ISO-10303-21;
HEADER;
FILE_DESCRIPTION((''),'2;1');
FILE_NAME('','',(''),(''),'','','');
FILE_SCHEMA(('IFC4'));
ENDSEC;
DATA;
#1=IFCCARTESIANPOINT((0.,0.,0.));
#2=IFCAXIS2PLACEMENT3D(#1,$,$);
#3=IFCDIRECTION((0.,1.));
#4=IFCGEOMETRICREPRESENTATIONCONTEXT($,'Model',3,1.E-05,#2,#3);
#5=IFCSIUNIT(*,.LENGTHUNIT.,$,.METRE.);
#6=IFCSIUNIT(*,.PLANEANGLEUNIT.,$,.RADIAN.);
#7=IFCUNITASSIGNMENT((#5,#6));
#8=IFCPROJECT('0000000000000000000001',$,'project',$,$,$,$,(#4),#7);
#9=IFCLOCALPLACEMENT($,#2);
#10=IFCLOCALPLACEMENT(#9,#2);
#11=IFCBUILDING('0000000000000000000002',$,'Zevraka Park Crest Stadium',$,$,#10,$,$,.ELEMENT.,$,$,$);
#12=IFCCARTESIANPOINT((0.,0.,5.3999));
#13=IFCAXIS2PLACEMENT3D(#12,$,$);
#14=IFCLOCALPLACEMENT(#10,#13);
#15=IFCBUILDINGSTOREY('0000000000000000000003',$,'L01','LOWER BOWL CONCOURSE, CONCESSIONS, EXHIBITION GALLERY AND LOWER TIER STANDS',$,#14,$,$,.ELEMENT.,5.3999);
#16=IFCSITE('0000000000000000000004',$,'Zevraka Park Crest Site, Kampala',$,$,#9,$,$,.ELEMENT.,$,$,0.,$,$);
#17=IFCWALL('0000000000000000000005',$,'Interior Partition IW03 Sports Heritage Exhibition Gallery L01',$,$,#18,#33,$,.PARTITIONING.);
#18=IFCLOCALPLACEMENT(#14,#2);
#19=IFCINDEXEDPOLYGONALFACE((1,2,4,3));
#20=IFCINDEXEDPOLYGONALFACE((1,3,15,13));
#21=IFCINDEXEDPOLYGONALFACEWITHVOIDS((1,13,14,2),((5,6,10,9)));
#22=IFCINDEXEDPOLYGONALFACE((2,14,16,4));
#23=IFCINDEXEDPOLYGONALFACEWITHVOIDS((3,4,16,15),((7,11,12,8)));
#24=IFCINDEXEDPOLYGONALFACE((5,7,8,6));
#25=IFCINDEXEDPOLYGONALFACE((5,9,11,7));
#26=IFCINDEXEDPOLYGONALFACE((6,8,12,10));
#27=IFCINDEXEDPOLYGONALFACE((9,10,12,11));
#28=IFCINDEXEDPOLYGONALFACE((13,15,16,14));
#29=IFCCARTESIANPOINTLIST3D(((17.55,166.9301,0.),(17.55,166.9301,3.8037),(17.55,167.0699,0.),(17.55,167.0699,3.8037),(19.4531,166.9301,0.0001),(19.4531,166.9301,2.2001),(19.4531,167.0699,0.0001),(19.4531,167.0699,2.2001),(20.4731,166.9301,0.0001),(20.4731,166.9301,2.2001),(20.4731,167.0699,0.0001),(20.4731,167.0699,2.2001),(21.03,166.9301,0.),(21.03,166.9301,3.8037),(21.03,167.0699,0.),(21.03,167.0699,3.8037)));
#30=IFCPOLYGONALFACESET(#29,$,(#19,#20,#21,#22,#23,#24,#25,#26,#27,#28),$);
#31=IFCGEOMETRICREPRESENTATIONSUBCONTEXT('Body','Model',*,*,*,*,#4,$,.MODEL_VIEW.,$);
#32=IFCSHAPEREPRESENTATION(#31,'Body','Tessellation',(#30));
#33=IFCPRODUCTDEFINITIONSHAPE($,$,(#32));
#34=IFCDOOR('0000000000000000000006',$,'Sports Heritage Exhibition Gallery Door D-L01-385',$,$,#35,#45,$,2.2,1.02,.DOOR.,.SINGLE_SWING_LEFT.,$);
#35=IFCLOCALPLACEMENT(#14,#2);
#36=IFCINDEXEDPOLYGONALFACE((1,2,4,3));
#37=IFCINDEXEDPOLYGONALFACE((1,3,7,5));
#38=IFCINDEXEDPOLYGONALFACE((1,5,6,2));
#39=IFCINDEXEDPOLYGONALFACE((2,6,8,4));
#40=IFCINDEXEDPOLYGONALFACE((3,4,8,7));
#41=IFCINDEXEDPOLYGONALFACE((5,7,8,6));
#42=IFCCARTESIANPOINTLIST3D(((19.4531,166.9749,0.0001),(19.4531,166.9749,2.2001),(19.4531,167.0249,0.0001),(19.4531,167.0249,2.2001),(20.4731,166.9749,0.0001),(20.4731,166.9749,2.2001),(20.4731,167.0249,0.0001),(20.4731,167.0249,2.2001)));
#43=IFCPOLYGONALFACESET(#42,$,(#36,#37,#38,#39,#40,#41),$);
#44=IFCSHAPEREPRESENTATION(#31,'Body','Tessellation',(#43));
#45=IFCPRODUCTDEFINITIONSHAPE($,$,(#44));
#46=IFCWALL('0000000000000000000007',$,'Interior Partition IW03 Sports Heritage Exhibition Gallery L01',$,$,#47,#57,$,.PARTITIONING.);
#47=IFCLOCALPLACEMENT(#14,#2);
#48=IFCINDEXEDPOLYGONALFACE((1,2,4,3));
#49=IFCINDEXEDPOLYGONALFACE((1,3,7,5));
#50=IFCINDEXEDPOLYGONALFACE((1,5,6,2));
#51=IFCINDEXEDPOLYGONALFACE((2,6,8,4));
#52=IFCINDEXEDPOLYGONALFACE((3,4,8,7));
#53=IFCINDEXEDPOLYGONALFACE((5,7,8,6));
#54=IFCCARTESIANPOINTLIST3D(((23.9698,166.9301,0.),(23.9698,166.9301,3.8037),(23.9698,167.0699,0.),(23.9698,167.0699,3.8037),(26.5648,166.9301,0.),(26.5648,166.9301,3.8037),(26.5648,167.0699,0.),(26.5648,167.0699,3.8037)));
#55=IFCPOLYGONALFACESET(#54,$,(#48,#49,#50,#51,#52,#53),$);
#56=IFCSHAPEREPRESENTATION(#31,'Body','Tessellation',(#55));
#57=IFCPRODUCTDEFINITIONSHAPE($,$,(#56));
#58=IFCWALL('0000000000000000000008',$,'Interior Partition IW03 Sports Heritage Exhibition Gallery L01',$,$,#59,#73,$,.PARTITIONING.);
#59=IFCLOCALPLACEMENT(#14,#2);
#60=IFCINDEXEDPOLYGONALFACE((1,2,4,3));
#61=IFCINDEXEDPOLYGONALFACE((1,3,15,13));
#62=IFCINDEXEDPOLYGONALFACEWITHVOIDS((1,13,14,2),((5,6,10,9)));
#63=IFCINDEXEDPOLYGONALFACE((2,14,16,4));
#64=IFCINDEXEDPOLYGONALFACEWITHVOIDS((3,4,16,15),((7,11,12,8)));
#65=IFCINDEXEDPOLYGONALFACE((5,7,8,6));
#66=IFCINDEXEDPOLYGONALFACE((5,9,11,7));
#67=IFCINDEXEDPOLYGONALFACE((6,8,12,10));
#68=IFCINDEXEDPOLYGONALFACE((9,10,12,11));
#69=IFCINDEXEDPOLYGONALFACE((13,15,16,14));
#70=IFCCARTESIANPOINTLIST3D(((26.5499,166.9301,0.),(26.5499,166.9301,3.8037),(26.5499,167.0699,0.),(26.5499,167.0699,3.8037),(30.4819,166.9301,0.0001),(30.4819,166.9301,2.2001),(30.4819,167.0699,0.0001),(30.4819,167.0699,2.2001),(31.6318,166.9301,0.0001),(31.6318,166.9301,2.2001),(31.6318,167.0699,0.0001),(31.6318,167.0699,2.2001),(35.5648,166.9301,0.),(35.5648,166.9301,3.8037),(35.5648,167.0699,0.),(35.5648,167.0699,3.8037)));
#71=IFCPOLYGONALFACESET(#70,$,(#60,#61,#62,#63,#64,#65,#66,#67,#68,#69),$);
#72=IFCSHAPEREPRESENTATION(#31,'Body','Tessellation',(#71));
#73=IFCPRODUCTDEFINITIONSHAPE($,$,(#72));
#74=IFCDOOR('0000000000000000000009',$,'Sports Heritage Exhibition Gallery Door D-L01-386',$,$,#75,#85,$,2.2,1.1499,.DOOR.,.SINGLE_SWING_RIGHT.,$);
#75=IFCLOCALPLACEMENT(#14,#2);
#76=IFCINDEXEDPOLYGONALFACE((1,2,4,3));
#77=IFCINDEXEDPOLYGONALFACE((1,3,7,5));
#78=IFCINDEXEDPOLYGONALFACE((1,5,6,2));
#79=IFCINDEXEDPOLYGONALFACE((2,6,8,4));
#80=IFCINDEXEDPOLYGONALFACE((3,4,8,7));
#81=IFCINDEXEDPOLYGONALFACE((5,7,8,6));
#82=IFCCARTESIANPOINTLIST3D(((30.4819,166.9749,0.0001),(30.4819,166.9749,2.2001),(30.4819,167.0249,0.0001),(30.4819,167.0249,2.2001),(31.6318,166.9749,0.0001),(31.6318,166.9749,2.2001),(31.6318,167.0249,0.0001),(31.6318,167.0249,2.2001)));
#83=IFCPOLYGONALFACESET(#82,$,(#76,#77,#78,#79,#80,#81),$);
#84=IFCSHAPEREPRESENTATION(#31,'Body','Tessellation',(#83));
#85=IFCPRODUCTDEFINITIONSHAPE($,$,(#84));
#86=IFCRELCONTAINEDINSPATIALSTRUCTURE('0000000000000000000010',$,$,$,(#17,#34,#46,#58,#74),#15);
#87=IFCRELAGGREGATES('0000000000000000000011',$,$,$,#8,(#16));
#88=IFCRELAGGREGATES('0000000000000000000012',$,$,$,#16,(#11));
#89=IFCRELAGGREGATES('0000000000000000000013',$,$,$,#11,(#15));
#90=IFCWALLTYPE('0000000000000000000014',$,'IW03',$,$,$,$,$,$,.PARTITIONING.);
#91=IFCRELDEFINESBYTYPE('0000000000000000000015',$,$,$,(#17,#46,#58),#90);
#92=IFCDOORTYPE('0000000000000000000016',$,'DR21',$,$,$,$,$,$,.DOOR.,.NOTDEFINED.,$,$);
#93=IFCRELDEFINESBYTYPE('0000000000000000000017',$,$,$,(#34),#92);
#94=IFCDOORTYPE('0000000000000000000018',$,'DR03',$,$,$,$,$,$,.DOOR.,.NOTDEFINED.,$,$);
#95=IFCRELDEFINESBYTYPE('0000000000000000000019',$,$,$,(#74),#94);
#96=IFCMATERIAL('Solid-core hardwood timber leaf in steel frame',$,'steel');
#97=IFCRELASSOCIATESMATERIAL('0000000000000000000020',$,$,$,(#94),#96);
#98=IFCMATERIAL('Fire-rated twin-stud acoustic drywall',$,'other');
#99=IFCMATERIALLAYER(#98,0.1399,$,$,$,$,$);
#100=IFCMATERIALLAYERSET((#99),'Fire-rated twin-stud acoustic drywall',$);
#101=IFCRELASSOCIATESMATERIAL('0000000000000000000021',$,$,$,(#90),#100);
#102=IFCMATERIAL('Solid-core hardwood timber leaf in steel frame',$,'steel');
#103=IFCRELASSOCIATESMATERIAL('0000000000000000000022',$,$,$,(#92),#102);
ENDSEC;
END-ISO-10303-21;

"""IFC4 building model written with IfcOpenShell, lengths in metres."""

from ifc_helpers import new_model, si_unit, direction, frame, frame_2d, origin, place, context, subcontext, project, spatial, rectangle, extrude, material, layer, layer_set, type_object, element, fill, save


model = new_model("IFC4")

# Units and contexts
model_context = context("Model", 3, precision=1e-05, world=origin(), true_north=direction((0.0, 1.0)))
body_context = subcontext(model_context, "Body", "Model", "MODEL_VIEW")
ifc_project = project(units=[si_unit("LENGTHUNIT", "METRE"), si_unit("PLANEANGLEUNIT", "RADIAN")], contexts=[model_context])

# Site, building, storey
site_placement = place(None, origin())
site = spatial("IfcSite", under=ifc_project, at=site_placement, Name="Zevraka Park Crest Site, Kampala", CompositionType="ELEMENT", RefElevation=0.0)
building_placement = place(site_placement, origin())
building = spatial("IfcBuilding", under=site, at=building_placement, Name="Zevraka Park Crest Stadium", CompositionType="ELEMENT")
storey_placement = place(building_placement, frame((0.0, 0.0, 5.3999)))
storey = spatial("IfcBuildingStorey", under=building, at=storey_placement, Name="L01", Description="LOWER BOWL CONCOURSE, CONCESSIONS, EXHIBITION GALLERY AND LOWER TIER STANDS", CompositionType="ELEMENT", Elevation=5.3999)

# Wall, opening, door
ifc_material_1 = material(Name="Solid-core hardwood timber leaf in steel frame", Category="steel")
door_type_1 = type_object("IfcDoorType", Name="DR03", OperationType="NOTDEFINED", PredefinedType="DOOR", material=ifc_material_1)
ifc_material_2 = material(Name="Fire-rated twin-stud acoustic drywall", Category="other")
ifc_layer_1 = layer(ifc_material_2, 0.1399)
ifc_layer_set_1 = layer_set([ifc_layer_1], Name="Fire-rated twin-stud acoustic drywall")
wall_type_1 = type_object("IfcWallType", Name="IW03", PredefinedType="PARTITIONING", material=ifc_layer_set_1)
wall_1_placement = place(storey_placement, frame((17.55, 167.0, 0.0), z_axis=(0.0, 0.0, 1.0), x_axis=(1.0, 0.0, 0.0)))
wall_1 = element("IfcWall", 1, at=wall_1_placement, inside=storey, type_object=wall_type_1, Name="Interior Partition IW03 Sports Heritage Exhibition Gallery L01", PredefinedType="PARTITIONING", context=body_context, shape_type="SweptSolid", body=[
    extrude(rectangle(XDim=3.48, YDim=0.1399, at=frame_2d((1.74, 0.0))), origin(), (0.0, 0.0, 1.0), 3.8037),
])
opening_1_placement = place(wall_1_placement, frame((1.9031, 0.0, 0.0)))
opening_1 = element("IfcOpeningElement", 2, at=opening_1_placement, cuts=wall_1, PredefinedType="OPENING", context=body_context, shape_type="SweptSolid", body=[
    extrude(rectangle(XDim=1.02, YDim=2.2, at=frame_2d((0.51, 1.1001))), frame((0.0, 0.0798, 0.0), z_axis=(0.0, -1.0, 0.0), x_axis=(1.0, 0.0, 0.0)), (0.0, 0.0, 1.0), 0.1599),
])
ifc_material_3 = material(Name="Solid-core hardwood timber leaf in steel frame", Category="steel")
door_type_2 = type_object("IfcDoorType", Name="DR21", OperationType="NOTDEFINED", PredefinedType="DOOR", material=ifc_material_3)
door_1_placement = place(opening_1_placement, origin())
door_1 = element("IfcDoor", 3, at=door_1_placement, inside=storey, type_object=door_type_2, Name="Sports Heritage Exhibition Gallery Door D-L01-385", OperationType="SINGLE_SWING_LEFT", OverallHeight=2.2, OverallWidth=1.02, PredefinedType="DOOR", context=body_context, shape_type="SweptSolid", body=[
    extrude(rectangle(XDim=1.02, YDim=2.2, at=frame_2d((0.51, 1.1001))), frame((0.0, 0.0249, 0.0), z_axis=(0.0, -1.0, 0.0), x_axis=(1.0, 0.0, 0.0)), (0.0, 0.0, 1.0), 0.05),
])
fill(opening_1, door_1)

# Wall
wall_2_placement = place(storey_placement, frame((23.97, 167.0, 0.0), z_axis=(0.0, 0.0, 1.0), x_axis=(1.0, 0.0, 0.0)))
element("IfcWall", 4, at=wall_2_placement, inside=storey, type_object=wall_type_1, Name="Interior Partition IW03 Sports Heritage Exhibition Gallery L01", PredefinedType="PARTITIONING", context=body_context, shape_type="SweptSolid", body=[
    extrude(rectangle(XDim=2.595, YDim=0.1399, at=frame_2d((1.2974, 0.0))), origin(), (0.0, 0.0, 1.0), 3.8037),
])

# Wall, opening, door
wall_3_placement = place(storey_placement, frame((26.55, 167.0, 0.0), z_axis=(0.0, 0.0, 1.0), x_axis=(1.0, 0.0, 0.0)))
wall_3 = element("IfcWall", 5, at=wall_3_placement, inside=storey, type_object=wall_type_1, Name="Interior Partition IW03 Sports Heritage Exhibition Gallery L01", PredefinedType="PARTITIONING", context=body_context, shape_type="SweptSolid", body=[
    extrude(rectangle(XDim=9.0149, YDim=0.1399, at=frame_2d((4.5073, 0.0))), origin(), (0.0, 0.0, 1.0), 3.8037),
])
opening_2_placement = place(wall_3_placement, frame((3.9319, 0.0, 0.0)))
opening_2 = element("IfcOpeningElement", 6, at=opening_2_placement, cuts=wall_3, PredefinedType="OPENING", context=body_context, shape_type="SweptSolid", body=[
    extrude(rectangle(XDim=1.1499, YDim=2.2, at=frame_2d((0.575, 1.1001))), frame((0.0, 0.0798, 0.0), z_axis=(0.0, -1.0, 0.0), x_axis=(1.0, 0.0, 0.0)), (0.0, 0.0, 1.0), 0.1599),
])
door_2_placement = place(opening_2_placement, origin())
door_2 = element("IfcDoor", 7, at=door_2_placement, inside=storey, type_object=door_type_1, Name="Sports Heritage Exhibition Gallery Door D-L01-386", OperationType="SINGLE_SWING_RIGHT", OverallHeight=2.2, OverallWidth=1.1499, PredefinedType="DOOR", context=body_context, shape_type="SweptSolid", body=[
    extrude(rectangle(XDim=1.1499, YDim=2.2, at=frame_2d((0.575, 1.1001))), frame((0.0, 0.0249, 0.0), z_axis=(0.0, -1.0, 0.0), x_axis=(1.0, 0.0, 0.0)), (0.0, 0.0, 1.0), 0.05),
])
fill(opening_2, door_2)

save(model, "model.ifc")
